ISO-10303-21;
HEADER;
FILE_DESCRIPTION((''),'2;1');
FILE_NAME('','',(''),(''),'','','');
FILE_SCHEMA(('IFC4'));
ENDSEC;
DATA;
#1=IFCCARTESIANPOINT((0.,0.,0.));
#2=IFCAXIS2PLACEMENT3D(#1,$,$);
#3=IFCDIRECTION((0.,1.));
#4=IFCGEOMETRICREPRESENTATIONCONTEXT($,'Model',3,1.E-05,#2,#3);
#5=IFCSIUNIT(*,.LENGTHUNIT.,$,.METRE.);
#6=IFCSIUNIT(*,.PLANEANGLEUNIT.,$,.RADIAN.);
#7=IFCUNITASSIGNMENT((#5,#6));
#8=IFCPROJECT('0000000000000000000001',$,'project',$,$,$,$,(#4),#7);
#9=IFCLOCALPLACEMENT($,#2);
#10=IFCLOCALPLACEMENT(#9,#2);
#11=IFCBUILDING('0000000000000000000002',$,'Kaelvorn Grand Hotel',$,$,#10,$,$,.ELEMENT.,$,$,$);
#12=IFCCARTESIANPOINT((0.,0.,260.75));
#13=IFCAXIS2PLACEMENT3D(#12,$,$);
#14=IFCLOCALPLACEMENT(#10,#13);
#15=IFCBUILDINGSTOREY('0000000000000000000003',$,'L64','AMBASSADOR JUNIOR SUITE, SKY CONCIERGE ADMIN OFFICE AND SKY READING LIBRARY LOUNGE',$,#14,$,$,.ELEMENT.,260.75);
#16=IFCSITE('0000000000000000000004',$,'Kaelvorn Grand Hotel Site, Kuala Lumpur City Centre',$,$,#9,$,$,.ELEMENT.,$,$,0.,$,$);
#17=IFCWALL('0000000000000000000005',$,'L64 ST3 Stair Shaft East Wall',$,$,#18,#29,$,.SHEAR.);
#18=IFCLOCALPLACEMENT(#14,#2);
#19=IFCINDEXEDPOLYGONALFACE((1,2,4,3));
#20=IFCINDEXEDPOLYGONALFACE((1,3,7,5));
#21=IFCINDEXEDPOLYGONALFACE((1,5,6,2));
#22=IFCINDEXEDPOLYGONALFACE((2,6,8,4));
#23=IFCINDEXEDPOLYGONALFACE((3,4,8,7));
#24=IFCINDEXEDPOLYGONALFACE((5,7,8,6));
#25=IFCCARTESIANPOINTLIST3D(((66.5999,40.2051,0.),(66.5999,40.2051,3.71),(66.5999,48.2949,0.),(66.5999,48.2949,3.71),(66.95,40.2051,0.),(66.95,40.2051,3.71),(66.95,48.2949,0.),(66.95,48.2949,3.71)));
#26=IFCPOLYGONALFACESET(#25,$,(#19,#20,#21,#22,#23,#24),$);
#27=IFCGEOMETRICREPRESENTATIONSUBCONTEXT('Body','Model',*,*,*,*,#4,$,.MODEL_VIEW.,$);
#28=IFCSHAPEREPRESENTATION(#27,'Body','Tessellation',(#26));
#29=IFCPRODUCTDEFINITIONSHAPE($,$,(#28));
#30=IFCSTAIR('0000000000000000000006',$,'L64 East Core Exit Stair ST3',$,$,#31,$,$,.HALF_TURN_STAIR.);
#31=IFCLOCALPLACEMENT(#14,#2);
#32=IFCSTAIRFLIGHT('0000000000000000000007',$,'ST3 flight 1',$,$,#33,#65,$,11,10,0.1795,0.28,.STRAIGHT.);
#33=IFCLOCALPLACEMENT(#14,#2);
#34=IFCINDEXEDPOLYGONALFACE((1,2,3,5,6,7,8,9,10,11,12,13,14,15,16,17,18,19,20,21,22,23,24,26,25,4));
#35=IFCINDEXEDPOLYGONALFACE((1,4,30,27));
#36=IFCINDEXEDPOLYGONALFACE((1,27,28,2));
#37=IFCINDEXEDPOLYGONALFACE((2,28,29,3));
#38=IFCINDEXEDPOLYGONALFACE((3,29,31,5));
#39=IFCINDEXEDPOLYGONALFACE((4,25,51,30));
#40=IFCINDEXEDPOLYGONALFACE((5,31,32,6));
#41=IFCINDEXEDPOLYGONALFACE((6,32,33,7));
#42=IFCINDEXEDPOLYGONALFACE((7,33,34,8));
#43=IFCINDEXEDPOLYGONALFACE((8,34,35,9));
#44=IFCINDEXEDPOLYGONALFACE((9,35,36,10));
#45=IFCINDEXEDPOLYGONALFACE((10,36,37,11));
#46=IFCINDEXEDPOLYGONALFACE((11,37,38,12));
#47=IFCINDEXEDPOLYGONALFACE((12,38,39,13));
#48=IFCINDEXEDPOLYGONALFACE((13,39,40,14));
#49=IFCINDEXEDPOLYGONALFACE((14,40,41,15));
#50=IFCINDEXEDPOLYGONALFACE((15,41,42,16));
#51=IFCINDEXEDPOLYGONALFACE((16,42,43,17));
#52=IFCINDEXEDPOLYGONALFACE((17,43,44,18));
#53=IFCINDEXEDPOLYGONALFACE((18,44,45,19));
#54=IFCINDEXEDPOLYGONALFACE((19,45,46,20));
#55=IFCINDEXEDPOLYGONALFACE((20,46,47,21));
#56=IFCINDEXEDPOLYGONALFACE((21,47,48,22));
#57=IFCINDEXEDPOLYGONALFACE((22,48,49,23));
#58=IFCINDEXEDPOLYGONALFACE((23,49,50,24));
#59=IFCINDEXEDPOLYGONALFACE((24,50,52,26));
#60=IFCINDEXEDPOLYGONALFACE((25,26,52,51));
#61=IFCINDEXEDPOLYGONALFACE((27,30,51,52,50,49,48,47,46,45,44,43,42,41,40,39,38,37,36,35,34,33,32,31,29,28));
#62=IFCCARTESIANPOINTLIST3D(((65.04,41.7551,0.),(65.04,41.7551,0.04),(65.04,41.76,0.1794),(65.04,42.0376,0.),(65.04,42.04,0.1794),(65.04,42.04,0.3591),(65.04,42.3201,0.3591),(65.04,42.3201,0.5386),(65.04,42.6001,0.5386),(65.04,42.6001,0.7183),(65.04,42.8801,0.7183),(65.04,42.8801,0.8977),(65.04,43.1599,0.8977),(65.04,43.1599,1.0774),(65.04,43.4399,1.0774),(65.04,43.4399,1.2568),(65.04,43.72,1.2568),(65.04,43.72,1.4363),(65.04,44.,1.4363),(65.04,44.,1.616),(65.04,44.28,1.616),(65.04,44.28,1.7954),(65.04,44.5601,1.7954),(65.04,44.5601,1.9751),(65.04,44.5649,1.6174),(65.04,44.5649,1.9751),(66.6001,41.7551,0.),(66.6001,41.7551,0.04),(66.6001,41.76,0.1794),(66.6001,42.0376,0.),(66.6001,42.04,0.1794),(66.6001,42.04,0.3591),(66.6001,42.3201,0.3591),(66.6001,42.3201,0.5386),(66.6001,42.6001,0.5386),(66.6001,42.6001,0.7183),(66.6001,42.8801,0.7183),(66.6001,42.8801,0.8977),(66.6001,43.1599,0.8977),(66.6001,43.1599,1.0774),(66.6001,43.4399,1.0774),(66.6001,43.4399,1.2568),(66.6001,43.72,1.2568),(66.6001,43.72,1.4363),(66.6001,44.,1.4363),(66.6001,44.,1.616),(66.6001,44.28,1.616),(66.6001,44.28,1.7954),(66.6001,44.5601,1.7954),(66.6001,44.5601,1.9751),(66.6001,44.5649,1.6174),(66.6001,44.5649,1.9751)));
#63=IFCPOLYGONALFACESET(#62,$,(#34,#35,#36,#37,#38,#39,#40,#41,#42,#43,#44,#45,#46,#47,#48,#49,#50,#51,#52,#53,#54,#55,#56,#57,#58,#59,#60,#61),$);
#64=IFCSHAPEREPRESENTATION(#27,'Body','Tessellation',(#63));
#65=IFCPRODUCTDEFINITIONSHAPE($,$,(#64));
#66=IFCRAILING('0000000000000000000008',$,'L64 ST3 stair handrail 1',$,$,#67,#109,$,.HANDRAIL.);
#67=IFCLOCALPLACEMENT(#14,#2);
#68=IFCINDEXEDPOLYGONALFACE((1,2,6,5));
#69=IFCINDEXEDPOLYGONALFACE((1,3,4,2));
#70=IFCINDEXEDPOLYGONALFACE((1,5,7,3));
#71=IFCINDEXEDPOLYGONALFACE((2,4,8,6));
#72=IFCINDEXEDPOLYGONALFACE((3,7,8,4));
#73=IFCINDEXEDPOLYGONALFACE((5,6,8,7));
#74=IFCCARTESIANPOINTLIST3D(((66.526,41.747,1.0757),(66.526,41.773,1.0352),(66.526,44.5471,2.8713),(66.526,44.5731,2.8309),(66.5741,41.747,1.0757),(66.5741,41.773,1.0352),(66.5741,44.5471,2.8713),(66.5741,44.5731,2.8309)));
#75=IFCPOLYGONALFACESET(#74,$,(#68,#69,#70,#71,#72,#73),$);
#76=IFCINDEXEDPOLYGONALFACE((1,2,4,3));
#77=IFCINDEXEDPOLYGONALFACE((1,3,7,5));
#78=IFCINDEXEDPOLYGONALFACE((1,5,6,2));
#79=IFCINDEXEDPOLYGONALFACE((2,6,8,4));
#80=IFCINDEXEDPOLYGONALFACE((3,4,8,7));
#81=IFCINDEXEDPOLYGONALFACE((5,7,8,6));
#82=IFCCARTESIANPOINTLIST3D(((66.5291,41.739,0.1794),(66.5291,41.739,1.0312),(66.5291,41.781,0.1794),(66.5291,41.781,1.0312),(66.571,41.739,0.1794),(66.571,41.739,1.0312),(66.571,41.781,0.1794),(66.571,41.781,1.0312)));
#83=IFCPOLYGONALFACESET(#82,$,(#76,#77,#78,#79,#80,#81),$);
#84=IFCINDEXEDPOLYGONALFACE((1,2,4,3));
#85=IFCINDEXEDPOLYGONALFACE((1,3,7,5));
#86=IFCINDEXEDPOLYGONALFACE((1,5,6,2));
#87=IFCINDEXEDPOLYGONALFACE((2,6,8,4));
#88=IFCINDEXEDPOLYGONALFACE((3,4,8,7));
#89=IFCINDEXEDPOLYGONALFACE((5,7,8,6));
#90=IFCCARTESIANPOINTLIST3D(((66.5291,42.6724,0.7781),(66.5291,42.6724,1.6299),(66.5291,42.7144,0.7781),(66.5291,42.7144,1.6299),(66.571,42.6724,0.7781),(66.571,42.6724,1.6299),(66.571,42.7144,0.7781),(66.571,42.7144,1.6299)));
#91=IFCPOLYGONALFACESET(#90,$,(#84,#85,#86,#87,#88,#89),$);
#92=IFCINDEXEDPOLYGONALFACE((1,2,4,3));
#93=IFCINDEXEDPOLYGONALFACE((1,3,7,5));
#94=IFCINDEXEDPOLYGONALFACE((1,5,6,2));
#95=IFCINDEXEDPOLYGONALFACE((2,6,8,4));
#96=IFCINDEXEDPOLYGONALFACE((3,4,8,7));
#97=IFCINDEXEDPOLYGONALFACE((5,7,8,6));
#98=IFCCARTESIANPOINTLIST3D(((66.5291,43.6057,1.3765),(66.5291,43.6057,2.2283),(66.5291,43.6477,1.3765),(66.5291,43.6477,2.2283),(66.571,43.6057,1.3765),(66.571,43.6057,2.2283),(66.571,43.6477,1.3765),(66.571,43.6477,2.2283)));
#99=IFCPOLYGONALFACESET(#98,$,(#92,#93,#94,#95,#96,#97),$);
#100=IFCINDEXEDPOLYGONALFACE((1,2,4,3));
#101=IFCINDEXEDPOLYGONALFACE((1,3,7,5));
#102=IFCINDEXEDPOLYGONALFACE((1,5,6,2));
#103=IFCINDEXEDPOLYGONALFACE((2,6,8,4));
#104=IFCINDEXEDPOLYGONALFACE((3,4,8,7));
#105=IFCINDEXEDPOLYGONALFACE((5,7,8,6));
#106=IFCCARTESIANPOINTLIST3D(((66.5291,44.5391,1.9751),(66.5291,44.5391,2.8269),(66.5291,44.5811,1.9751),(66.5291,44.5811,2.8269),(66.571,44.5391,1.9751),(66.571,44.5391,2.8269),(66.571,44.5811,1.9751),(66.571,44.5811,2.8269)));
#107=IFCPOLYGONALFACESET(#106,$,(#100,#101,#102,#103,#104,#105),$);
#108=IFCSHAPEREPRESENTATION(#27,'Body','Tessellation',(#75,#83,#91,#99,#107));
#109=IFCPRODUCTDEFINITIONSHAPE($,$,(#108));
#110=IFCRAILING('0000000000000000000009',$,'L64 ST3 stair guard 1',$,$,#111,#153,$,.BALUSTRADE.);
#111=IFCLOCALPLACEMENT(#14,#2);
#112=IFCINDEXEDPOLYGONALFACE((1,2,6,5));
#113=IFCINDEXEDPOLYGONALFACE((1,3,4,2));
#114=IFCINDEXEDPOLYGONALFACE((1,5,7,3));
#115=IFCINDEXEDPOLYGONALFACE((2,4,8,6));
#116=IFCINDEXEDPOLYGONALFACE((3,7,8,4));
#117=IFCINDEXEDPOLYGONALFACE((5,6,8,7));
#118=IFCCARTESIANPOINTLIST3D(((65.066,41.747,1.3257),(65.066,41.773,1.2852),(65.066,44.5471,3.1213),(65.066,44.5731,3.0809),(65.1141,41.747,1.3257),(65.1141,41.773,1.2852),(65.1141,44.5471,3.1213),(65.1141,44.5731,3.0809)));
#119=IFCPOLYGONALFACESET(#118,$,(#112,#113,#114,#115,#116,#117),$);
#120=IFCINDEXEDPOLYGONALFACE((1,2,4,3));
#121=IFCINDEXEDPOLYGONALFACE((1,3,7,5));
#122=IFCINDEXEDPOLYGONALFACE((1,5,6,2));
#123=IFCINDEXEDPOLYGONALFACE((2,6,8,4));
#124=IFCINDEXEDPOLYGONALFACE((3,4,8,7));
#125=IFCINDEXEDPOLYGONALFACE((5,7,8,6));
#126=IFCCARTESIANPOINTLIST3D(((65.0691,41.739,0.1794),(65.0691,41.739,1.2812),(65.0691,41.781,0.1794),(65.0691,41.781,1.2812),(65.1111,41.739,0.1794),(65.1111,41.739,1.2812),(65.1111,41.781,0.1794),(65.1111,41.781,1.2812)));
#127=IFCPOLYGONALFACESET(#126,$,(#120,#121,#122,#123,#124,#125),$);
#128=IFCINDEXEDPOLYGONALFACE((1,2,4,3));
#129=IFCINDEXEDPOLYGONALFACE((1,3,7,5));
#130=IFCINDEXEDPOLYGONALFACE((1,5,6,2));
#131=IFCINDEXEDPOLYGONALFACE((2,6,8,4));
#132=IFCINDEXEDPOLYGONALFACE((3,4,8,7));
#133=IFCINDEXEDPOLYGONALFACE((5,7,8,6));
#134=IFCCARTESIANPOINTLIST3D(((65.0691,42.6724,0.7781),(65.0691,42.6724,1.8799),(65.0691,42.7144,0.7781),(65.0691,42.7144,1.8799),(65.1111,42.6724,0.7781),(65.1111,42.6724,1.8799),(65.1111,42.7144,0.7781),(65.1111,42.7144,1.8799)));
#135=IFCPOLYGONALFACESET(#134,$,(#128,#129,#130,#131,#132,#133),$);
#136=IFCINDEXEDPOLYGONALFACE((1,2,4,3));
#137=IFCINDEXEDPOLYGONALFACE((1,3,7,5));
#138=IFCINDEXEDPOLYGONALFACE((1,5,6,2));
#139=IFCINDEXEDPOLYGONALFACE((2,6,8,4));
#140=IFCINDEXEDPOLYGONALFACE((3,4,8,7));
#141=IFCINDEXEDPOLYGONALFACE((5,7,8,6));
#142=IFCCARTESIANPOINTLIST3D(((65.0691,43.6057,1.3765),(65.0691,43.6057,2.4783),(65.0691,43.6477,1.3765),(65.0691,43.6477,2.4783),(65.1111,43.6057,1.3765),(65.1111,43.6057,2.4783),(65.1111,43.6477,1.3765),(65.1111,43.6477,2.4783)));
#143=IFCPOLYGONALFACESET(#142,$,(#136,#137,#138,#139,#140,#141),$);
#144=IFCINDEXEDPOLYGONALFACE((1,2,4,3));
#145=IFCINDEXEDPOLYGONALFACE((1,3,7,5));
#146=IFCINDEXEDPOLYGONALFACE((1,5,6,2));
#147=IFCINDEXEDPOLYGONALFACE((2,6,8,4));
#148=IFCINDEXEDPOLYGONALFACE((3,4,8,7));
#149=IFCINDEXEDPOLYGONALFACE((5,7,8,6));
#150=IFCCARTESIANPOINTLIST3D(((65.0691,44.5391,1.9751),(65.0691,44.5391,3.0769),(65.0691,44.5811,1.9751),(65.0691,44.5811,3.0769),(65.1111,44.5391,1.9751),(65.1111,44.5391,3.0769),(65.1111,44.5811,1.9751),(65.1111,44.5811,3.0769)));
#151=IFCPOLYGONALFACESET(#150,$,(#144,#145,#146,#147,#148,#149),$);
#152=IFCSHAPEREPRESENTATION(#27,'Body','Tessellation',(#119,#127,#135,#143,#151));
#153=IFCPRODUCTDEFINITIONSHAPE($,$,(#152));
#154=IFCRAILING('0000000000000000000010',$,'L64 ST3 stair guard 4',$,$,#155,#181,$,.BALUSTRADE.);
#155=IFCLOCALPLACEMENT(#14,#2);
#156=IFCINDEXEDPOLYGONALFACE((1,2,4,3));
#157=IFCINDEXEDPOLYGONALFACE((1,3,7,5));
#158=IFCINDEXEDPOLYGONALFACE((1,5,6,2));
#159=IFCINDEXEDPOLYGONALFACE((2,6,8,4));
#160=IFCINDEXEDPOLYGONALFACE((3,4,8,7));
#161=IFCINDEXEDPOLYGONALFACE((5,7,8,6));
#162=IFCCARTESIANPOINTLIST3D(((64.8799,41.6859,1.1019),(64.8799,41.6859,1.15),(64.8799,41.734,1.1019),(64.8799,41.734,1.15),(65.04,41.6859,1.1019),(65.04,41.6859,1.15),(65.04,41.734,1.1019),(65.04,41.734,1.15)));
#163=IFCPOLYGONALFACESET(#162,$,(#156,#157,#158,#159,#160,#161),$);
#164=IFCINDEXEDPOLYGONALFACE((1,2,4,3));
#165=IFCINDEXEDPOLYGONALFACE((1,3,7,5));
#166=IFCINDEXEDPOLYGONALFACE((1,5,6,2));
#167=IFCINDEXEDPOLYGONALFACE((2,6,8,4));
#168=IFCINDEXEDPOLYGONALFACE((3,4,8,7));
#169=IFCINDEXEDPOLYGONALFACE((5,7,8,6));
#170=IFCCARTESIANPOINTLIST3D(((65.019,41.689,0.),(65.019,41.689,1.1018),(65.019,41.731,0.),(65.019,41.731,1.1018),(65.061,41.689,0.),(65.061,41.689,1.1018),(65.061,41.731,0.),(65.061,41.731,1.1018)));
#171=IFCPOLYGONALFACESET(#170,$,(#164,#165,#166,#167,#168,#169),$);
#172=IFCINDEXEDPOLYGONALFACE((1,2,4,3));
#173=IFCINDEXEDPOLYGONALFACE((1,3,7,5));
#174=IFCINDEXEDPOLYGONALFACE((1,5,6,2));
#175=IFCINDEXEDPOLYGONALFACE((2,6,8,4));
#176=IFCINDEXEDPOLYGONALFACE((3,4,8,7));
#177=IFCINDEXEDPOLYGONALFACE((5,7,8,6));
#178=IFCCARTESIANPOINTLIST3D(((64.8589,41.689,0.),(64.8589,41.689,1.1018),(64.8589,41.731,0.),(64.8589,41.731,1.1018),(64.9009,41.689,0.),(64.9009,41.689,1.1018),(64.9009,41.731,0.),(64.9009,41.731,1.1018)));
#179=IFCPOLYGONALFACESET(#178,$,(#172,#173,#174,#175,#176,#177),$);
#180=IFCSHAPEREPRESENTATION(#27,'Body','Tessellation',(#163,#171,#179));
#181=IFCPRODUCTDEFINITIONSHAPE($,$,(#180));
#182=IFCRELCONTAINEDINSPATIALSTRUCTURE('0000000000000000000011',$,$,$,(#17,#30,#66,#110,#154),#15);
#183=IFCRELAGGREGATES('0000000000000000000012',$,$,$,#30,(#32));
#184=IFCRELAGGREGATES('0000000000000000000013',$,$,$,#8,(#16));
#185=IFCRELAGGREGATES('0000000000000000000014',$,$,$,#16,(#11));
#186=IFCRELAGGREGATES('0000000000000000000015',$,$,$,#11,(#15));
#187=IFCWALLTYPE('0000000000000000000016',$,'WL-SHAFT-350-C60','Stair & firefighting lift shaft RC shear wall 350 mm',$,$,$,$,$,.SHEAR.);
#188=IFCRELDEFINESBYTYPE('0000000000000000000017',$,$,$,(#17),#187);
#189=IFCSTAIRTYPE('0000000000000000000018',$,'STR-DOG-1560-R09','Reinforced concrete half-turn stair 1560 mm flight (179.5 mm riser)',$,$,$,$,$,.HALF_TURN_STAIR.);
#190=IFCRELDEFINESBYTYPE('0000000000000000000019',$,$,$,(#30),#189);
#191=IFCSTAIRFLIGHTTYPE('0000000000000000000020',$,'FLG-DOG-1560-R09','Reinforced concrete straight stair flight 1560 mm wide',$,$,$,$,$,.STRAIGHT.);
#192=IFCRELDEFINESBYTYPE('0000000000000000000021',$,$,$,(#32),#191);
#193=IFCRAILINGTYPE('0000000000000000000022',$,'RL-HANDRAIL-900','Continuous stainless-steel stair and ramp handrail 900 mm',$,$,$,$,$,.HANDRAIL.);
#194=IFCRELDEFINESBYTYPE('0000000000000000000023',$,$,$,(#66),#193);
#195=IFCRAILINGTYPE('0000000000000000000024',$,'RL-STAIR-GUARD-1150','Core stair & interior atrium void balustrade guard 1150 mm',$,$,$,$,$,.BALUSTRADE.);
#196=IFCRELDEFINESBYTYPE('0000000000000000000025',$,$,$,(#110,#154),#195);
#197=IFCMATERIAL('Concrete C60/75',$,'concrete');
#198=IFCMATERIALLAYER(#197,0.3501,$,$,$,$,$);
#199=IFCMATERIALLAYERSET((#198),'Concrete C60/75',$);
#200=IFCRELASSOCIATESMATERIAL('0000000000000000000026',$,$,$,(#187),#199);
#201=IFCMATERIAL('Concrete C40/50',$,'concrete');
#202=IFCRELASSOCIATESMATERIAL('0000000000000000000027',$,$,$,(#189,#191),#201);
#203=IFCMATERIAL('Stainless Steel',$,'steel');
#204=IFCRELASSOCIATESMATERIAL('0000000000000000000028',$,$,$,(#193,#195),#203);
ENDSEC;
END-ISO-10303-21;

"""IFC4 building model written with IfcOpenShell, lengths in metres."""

from ifc_helpers import new_model, si_unit, direction, frame, frame_2d, origin, origin_2d, place, context, subcontext, project, spatial, polyline, rectangle, outline, extrude, material, layer, layer_set, type_object, element, aggregate, save


model = new_model("IFC4")

# Units and contexts
model_context = context("Model", 3, precision=1e-05, world=origin(), true_north=direction((0.0, 1.0)))
body_context = subcontext(model_context, "Body", "Model", "MODEL_VIEW")
ifc_project = project(units=[si_unit("LENGTHUNIT", "METRE"), si_unit("PLANEANGLEUNIT", "RADIAN")], contexts=[model_context])

# Site, building, storey
site_placement = place(None, origin())
site = spatial("IfcSite", under=ifc_project, at=site_placement, Name="Kaelvorn Grand Hotel Site, Kuala Lumpur City Centre", CompositionType="ELEMENT", RefElevation=0.0)
building_placement = place(site_placement, origin())
building = spatial("IfcBuilding", under=site, at=building_placement, Name="Kaelvorn Grand Hotel", CompositionType="ELEMENT")
storey_placement = place(building_placement, frame((0.0, 0.0, 260.75)))
storey = spatial("IfcBuildingStorey", under=building, at=storey_placement, Name="L64", Description="AMBASSADOR JUNIOR SUITE, SKY CONCIERGE ADMIN OFFICE AND SKY READING LIBRARY LOUNGE", CompositionType="ELEMENT", Elevation=260.75)

# Shared definitions
ifc_material_1 = material(Name="Concrete C40/50", Category="concrete")

# Shared definitions
ifc_material_2 = material(Name="Concrete C60/75", Category="concrete")
ifc_layer_1 = layer(ifc_material_2, 0.3501)
ifc_layer_set_1 = layer_set([ifc_layer_1], Name="Concrete C60/75")
wall_type_1 = type_object("IfcWallType", Name="WL-SHAFT-350-C60", Description="Stair & firefighting lift shaft RC shear wall 350 mm", PredefinedType="SHEAR", material=ifc_layer_set_1)

# Wall
for number, where, z_axis, x_axis, name in (
    (1, (66.7749, 40.2051, 0.0), (0.0, 0.0, 1.0), (0.0, 1.0, 0.0), "L64 ST3 Stair Shaft East Wall"),
):
    element("IfcWall", number, at=place(storey_placement, frame(where, z_axis=z_axis, x_axis=x_axis)), inside=storey, type_object=wall_type_1, Name=name, PredefinedType="SHEAR", context=body_context, shape_type="SweptSolid", body=[
        extrude(rectangle(XDim=8.0898, YDim=0.3501, at=frame_2d((4.0449, 0.0))), origin(), (0.0, 0.0, 1.0), 3.71),
    ])

# Stair, stair flight
stair_type = type_object("IfcStairType", Name="STR-DOG-1560-R09", Description="Reinforced concrete half-turn stair 1560 mm flight (179.5 mm riser)", PredefinedType="HALF_TURN_STAIR", material=ifc_material_1)
stair_placement = place(storey_placement, origin())
stair = element("IfcStair", 2, at=stair_placement, inside=storey, type_object=stair_type, Name="L64 East Core Exit Stair ST3", PredefinedType="HALF_TURN_STAIR")
stair_flight_type = type_object("IfcStairFlightType", Name="FLG-DOG-1560-R09", Description="Reinforced concrete straight stair flight 1560 mm wide", PredefinedType="STRAIGHT", material=ifc_material_1)
stair_flight_placement = place(storey_placement, frame((65.8201, 41.76, 0.0), z_axis=(0.0, 0.0, 1.0), x_axis=(0.0, 1.0, 0.0)))
stair_flight = element("IfcStairFlight", 3, at=stair_flight_placement, type_object=stair_flight_type, Name="ST3 flight 1", NumberOfRisers=11, NumberOfTreads=10, PredefinedType="STRAIGHT", RiserHeight=0.1795, TreadLength=0.28, context=body_context, shape_type="SweptSolid", body=[
    extrude(outline(polyline([(-0.0049, 0.0), (-0.0049, 0.04), (0.0, 0.1794), (0.28, 0.1794), (0.28, 0.3591), (0.5601, 0.3591), (0.5601, 0.5386), (0.8401, 0.5386), (0.8401, 0.7183), (1.1201, 0.7183), (1.1201, 0.8977), (1.3999, 0.8977), (1.3999, 1.0774), (1.6799, 1.0774), (1.6799, 1.2568), (1.96, 1.2568), (1.96, 1.4363), (2.24, 1.4363), (2.24, 1.616), (2.52, 1.616), (2.52, 1.7954), (2.8, 1.7954), (2.8, 1.9751), (2.8049, 1.9751), (2.8049, 1.6174), (0.2776, 0.0), (-0.0049, 0.0)])), frame((0.0, 0.78, 0.0), z_axis=(0.0, -1.0, 0.0), x_axis=(1.0, 0.0, 0.0)), (0.0, 0.0, 1.0), 1.5601),
])
aggregate(stair, [stair_flight])

# Railings
ifc_material_3 = material(Name="Stainless Steel", Category="steel")
railing_type_1 = type_object("IfcRailingType", Name="RL-HANDRAIL-900", Description="Continuous stainless-steel stair and ramp handrail 900 mm", PredefinedType="HANDRAIL", material=ifc_material_3)
railing_1_placement = place(storey_placement, frame((66.55, 41.76, 0.1794)))
element("IfcRailing", 4, at=railing_1_placement, inside=storey, type_object=railing_type_1, Name="L64 ST3 stair handrail 1", PredefinedType="HANDRAIL", context=body_context, shape_type="SweptSolid", body=[
    extrude(rectangle(XDim=0.0481, YDim=0.0481, at=origin_2d()), frame((0.0, 0.0, 0.876), z_axis=(0.0, 0.841777, 0.539826), x_axis=(-1.0, 0.0, 0.0)), (0.0, 0.0, 1.0), 3.3264),
    extrude(rectangle(XDim=0.042, YDim=0.042, at=origin_2d()), origin(), (0.0, 0.0, 1.0), 0.8518),
    extrude(rectangle(XDim=0.042, YDim=0.042, at=origin_2d()), frame((0.0, 0.9333, 0.5986)), (0.0, 0.0, 1.0), 0.8518),
    extrude(rectangle(XDim=0.042, YDim=0.042, at=origin_2d()), frame((0.0, 1.8667, 1.197)), (0.0, 0.0, 1.0), 0.8518),
    extrude(rectangle(XDim=0.042, YDim=0.042, at=origin_2d()), frame((0.0, 2.8, 1.7957)), (0.0, 0.0, 1.0), 0.8518),
])
railing_type_2 = type_object("IfcRailingType", Name="RL-STAIR-GUARD-1150", Description="Core stair & interior atrium void balustrade guard 1150 mm", PredefinedType="BALUSTRADE", material=ifc_material_3)
railing_2_placement = place(storey_placement, frame((65.0901, 41.76, 0.1794)))
element("IfcRailing", 5, at=railing_2_placement, inside=storey, type_object=railing_type_2, Name="L64 ST3 stair guard 1", PredefinedType="BALUSTRADE", context=body_context, shape_type="SweptSolid", body=[
    extrude(rectangle(XDim=0.0481, YDim=0.0481, at=origin_2d()), frame((0.0, 0.0, 1.126), z_axis=(0.0, 0.841777, 0.539826), x_axis=(-1.0, 0.0, 0.0)), (0.0, 0.0, 1.0), 3.3264),
    extrude(rectangle(XDim=0.042, YDim=0.042, at=origin_2d()), origin(), (0.0, 0.0, 1.0), 1.1018),
    extrude(rectangle(XDim=0.042, YDim=0.042, at=origin_2d()), frame((0.0, 0.9333, 0.5986)), (0.0, 0.0, 1.0), 1.1018),
    extrude(rectangle(XDim=0.042, YDim=0.042, at=origin_2d()), frame((0.0, 1.8667, 1.197)), (0.0, 0.0, 1.0), 1.1018),
    extrude(rectangle(XDim=0.042, YDim=0.042, at=origin_2d()), frame((0.0, 2.8, 1.7957)), (0.0, 0.0, 1.0), 1.1018),
])
railing_3_placement = place(storey_placement, frame((65.04, 41.71, 0.0)))
element("IfcRailing", 6, at=railing_3_placement, inside=storey, type_object=railing_type_2, Name="L64 ST3 stair guard 4", PredefinedType="BALUSTRADE", context=body_context, shape_type="SweptSolid", body=[
    extrude(rectangle(XDim=0.0481, YDim=0.0481, at=origin_2d()), frame((0.0, 0.0, 1.126), z_axis=(-1.0, 0.0, 0.0), x_axis=(0.0, -1.0, 0.0)), (0.0, 0.0, 1.0), 0.1602),
    extrude(rectangle(XDim=0.042, YDim=0.042, at=origin_2d()), origin(), (0.0, 0.0, 1.0), 1.1018),
    extrude(rectangle(XDim=0.042, YDim=0.042, at=origin_2d()), frame((-0.1602, 0.0, 0.0)), (0.0, 0.0, 1.0), 1.1018),
])

save(model, "model.ifc")
